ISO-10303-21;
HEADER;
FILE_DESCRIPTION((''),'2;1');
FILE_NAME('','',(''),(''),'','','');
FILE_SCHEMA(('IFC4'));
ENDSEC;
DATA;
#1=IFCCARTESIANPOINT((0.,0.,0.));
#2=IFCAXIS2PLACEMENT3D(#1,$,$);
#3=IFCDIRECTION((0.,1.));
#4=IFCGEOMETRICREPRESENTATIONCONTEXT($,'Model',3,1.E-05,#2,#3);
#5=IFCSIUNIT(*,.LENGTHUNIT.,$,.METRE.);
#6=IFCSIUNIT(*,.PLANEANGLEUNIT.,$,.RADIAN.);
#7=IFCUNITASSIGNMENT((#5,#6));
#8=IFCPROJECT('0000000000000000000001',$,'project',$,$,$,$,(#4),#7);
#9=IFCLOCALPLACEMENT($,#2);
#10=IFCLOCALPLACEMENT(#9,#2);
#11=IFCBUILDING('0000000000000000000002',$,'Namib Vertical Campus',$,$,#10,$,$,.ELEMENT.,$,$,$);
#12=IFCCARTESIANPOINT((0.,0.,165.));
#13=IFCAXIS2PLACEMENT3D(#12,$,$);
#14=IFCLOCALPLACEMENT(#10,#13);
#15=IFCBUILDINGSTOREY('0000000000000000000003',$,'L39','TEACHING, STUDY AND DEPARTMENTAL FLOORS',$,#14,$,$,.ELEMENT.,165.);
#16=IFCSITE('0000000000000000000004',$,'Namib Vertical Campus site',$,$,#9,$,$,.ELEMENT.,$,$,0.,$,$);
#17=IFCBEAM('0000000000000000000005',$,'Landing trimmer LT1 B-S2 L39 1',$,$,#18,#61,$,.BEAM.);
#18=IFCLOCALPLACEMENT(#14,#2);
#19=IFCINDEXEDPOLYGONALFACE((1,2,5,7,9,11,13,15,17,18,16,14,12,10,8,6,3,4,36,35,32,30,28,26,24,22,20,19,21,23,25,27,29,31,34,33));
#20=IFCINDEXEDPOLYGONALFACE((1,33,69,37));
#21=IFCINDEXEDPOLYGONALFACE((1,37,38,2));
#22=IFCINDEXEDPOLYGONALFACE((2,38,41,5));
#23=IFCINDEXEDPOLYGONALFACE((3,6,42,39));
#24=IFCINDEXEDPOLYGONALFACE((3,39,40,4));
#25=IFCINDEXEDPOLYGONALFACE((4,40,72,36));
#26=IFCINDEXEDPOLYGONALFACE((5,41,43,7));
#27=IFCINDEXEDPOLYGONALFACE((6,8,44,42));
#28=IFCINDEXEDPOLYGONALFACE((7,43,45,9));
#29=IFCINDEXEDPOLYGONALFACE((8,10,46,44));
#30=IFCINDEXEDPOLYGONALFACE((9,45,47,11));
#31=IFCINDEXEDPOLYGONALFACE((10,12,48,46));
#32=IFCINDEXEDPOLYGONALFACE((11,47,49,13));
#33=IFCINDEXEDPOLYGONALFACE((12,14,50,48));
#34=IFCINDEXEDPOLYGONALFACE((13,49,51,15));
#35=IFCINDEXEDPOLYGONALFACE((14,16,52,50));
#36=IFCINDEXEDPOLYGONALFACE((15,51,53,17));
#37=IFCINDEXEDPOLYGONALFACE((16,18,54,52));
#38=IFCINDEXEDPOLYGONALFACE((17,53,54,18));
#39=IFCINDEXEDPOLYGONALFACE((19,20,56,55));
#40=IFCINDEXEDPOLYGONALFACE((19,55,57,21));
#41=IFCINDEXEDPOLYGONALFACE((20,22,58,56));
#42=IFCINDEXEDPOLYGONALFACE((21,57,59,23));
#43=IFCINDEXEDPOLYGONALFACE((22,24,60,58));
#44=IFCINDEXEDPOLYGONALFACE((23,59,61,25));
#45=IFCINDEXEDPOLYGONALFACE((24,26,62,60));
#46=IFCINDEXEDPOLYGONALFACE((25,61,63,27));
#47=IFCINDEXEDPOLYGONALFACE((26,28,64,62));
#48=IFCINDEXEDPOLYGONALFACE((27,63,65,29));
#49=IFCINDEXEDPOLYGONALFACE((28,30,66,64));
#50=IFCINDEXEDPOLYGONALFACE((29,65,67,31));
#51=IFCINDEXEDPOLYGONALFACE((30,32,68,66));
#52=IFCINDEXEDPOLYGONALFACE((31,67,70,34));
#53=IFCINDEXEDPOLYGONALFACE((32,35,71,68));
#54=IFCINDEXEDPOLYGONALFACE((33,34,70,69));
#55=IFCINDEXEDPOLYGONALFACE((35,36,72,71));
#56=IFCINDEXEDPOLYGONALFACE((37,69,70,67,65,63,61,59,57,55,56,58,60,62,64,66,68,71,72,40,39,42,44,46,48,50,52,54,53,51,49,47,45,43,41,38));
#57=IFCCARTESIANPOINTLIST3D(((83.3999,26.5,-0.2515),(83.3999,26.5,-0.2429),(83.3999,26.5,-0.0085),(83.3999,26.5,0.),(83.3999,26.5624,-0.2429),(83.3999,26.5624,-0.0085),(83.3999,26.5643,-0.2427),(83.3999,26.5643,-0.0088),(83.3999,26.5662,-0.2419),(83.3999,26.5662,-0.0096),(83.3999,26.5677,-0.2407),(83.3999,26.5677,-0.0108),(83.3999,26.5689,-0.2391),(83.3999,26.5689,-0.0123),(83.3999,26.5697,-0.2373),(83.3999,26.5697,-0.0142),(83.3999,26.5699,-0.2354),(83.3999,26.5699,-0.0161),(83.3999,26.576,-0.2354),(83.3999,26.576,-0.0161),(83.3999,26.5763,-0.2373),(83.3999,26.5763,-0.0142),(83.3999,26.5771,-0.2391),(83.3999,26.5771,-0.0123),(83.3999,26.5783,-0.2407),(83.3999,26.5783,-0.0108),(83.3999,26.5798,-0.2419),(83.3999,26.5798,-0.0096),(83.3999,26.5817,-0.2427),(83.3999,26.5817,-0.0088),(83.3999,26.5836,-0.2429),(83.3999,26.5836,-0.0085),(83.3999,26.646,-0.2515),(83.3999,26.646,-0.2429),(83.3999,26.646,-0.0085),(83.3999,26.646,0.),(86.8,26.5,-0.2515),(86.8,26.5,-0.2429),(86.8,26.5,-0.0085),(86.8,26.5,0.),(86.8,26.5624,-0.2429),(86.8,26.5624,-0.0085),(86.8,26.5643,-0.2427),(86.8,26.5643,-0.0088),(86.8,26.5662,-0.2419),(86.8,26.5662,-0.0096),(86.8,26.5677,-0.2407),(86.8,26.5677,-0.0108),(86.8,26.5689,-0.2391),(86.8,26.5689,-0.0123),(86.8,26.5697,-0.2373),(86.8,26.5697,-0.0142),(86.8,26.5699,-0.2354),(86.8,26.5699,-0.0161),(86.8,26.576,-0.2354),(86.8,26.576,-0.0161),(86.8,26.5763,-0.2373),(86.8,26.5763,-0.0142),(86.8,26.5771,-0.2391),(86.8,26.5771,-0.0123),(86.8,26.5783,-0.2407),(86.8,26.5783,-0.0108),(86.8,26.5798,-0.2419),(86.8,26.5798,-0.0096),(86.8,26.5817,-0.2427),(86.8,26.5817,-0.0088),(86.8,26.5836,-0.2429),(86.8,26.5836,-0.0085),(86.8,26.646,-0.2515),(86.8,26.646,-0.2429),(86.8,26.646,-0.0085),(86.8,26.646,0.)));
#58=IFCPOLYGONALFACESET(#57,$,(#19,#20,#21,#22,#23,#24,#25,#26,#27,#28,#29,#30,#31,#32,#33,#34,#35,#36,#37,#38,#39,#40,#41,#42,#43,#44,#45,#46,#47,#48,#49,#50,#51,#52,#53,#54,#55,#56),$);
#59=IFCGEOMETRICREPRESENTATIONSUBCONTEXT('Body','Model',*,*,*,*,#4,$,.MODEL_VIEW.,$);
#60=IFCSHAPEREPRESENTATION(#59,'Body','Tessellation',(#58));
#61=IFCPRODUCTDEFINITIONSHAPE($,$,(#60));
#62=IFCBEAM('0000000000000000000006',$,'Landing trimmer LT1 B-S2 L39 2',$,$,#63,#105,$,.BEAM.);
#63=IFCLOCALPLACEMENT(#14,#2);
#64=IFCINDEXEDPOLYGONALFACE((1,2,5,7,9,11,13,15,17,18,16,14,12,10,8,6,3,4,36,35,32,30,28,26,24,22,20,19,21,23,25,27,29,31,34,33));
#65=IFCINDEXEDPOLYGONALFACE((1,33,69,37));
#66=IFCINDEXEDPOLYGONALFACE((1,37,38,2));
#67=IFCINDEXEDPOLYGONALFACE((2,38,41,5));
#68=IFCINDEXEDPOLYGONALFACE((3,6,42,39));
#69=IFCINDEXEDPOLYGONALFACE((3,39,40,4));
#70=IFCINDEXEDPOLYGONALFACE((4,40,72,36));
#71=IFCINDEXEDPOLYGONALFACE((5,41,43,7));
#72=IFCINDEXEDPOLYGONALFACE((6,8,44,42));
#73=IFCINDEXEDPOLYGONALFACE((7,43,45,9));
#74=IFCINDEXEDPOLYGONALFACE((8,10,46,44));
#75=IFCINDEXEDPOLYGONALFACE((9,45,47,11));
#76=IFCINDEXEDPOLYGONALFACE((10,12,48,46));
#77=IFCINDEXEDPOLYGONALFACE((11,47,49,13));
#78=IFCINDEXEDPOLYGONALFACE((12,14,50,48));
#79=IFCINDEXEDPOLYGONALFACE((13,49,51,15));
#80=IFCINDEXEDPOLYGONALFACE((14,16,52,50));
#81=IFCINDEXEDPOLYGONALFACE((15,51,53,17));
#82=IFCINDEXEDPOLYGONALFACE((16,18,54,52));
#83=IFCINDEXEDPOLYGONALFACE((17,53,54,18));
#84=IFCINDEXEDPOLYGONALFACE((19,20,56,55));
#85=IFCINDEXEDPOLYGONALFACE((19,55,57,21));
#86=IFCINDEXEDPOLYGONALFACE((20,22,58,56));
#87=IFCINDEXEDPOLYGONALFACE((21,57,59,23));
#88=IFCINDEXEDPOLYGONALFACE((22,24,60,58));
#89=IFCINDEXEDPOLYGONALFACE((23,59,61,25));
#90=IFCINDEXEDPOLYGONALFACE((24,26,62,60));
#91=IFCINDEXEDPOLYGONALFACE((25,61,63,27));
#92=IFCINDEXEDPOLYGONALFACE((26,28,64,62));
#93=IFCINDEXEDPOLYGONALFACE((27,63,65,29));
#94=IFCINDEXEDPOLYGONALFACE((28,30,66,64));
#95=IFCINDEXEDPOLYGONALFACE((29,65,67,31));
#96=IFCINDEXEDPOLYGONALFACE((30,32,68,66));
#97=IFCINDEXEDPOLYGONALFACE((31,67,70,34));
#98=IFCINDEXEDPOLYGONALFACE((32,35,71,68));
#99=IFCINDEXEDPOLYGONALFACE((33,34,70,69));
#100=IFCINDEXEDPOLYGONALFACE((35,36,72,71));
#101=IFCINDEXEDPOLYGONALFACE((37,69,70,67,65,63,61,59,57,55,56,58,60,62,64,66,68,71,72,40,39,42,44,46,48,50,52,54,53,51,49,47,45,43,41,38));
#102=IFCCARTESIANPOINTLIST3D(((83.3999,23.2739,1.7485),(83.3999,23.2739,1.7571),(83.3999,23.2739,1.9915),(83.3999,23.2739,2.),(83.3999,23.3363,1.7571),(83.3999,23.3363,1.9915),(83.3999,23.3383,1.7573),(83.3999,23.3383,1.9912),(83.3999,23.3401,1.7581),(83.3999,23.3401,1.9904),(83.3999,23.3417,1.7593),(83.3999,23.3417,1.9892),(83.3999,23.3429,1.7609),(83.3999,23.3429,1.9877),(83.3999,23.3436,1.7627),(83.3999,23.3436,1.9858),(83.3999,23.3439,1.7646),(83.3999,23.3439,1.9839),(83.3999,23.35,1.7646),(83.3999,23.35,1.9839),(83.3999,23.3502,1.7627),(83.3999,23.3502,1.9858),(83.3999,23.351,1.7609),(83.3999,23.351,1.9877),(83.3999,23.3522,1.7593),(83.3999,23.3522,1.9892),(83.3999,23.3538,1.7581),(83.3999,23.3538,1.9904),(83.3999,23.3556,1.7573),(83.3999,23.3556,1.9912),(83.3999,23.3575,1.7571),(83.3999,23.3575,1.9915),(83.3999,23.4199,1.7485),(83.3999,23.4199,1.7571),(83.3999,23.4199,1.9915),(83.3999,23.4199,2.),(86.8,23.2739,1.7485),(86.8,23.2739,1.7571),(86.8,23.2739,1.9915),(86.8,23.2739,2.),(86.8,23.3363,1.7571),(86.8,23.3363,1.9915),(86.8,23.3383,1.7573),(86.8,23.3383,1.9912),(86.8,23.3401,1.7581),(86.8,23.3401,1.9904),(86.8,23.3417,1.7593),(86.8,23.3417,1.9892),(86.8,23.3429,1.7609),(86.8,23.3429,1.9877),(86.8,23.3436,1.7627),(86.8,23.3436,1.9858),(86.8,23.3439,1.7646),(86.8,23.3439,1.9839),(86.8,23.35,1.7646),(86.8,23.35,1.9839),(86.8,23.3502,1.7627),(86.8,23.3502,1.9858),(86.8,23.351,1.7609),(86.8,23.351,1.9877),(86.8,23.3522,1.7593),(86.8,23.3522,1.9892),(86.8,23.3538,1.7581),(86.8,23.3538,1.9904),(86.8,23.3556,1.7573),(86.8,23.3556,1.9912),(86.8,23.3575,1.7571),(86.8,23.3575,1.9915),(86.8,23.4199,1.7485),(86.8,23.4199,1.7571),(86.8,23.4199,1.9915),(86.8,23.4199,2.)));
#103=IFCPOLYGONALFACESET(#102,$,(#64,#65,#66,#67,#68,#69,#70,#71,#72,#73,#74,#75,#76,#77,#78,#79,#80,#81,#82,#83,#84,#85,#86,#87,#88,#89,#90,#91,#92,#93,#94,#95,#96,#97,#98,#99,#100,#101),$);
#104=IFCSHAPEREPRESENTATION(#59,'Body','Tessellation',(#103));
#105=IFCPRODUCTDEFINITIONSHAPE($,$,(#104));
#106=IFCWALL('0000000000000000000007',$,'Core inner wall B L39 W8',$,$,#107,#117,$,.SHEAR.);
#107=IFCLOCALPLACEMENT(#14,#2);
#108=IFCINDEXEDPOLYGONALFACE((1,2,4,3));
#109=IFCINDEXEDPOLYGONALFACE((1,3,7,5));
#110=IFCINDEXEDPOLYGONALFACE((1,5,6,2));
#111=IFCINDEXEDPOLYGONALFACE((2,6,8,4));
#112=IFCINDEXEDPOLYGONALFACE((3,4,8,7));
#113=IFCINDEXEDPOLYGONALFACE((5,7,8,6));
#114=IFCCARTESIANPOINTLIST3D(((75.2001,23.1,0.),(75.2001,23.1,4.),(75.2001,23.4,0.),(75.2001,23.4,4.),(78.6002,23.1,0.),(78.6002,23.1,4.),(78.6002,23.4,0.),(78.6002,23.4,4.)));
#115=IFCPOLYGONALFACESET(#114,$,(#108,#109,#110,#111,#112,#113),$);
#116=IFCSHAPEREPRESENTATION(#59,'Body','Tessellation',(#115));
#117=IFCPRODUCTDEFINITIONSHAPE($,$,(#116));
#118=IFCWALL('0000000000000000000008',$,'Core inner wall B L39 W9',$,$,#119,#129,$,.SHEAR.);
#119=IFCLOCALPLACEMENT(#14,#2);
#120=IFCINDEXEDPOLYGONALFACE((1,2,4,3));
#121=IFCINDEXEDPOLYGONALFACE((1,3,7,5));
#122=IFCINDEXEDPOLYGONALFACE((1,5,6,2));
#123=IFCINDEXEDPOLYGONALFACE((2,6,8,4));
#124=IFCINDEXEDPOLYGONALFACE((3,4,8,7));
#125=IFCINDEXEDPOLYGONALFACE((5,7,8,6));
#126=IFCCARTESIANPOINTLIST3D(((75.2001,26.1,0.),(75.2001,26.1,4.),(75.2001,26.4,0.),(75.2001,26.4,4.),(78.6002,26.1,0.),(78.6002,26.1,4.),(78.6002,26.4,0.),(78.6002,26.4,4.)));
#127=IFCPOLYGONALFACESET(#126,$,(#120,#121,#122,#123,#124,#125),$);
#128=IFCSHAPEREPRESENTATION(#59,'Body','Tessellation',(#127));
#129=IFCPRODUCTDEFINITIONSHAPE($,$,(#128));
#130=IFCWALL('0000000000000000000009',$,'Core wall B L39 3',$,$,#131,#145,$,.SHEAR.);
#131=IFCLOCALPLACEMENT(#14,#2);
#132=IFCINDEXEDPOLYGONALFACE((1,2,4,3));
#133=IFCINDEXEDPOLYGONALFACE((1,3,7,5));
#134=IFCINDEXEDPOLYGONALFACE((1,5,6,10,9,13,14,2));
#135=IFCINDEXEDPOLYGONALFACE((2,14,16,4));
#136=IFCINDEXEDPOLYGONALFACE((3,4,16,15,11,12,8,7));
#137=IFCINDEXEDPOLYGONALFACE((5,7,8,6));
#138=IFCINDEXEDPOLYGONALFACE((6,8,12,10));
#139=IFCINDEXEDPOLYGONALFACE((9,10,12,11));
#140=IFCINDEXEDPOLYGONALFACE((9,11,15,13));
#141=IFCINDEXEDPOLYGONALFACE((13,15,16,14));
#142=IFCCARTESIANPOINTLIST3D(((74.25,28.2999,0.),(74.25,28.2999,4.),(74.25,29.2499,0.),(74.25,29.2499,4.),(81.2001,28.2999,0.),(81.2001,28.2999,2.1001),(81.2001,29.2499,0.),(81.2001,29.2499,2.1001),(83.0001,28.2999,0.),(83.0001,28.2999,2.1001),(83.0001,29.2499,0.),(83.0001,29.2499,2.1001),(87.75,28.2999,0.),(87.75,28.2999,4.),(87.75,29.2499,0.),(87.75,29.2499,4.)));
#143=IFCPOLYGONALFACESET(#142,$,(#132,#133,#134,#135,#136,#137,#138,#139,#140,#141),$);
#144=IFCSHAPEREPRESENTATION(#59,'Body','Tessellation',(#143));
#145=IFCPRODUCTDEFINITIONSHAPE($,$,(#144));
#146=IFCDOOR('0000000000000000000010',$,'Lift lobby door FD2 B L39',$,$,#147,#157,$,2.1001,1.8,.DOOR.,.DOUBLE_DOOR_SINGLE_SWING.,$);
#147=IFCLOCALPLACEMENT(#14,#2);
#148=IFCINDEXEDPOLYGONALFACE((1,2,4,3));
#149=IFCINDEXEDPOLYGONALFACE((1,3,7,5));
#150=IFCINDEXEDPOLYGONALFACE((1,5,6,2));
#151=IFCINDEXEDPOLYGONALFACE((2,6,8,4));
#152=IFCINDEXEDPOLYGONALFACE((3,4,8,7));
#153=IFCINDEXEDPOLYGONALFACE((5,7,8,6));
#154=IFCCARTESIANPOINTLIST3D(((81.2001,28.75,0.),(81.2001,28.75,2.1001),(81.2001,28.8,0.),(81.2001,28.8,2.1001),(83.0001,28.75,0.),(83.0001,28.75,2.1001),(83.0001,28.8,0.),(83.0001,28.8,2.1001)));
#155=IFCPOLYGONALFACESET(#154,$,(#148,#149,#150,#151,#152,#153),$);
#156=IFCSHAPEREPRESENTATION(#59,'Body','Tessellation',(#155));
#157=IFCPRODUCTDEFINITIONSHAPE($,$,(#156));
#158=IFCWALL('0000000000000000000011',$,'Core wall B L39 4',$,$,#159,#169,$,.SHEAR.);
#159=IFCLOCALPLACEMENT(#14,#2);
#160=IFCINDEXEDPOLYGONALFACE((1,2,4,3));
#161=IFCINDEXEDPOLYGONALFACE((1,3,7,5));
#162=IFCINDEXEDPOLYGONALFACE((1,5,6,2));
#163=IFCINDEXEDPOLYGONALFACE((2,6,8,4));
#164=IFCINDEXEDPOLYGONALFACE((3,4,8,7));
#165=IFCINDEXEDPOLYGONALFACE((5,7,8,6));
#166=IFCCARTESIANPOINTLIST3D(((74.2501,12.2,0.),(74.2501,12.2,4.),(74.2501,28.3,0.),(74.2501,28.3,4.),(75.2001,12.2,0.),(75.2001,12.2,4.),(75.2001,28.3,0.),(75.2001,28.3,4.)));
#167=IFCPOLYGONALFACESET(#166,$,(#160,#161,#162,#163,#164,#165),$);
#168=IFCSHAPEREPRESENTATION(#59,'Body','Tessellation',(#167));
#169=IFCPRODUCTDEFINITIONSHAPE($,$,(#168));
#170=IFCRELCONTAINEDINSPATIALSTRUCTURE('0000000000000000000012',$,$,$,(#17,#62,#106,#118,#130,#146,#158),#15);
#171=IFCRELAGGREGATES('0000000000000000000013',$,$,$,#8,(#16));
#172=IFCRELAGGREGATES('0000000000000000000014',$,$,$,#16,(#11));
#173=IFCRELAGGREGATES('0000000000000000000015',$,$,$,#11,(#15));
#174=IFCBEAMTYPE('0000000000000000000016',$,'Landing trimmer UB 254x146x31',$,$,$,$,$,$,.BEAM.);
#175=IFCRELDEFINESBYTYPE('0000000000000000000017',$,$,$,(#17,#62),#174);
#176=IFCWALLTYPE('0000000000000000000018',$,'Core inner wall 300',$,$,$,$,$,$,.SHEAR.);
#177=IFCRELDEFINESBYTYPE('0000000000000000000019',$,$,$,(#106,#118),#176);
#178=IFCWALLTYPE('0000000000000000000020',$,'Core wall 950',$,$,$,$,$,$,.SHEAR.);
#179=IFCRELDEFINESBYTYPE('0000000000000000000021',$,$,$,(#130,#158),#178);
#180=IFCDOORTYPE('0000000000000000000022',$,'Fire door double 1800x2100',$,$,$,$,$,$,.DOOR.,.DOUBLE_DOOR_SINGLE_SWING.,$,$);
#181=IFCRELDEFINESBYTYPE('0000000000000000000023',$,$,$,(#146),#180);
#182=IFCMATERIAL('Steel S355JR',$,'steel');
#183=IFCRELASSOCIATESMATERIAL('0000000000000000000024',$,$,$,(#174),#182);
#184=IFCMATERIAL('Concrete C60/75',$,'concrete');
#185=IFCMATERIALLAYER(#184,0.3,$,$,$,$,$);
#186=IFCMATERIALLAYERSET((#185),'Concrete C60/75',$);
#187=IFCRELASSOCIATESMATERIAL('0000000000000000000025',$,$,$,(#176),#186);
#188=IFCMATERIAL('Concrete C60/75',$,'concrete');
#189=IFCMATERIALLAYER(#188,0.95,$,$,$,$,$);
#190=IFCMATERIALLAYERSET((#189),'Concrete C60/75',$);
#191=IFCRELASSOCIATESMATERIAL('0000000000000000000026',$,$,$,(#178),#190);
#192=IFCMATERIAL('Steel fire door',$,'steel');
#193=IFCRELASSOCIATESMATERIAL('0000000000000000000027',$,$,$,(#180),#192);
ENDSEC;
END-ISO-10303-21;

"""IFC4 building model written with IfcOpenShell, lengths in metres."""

from ifc_helpers import new_model, si_unit, direction, frame, frame_2d, origin, origin_2d, place, context, subcontext, project, spatial, rectangle, i_section, extrude, material, layer, layer_set, material_profile, profile_set, type_object, element, fill, save


model = new_model("IFC4")

# Units and contexts
model_context = context("Model", 3, precision=1e-05, world=origin(), true_north=direction((0.0, 1.0)))
body_context = subcontext(model_context, "Body", "Model", "MODEL_VIEW")
ifc_project = project(units=[si_unit("LENGTHUNIT", "METRE"), si_unit("PLANEANGLEUNIT", "RADIAN")], contexts=[model_context])

# Site, building, storey
site_placement = place(None, origin())
site = spatial("IfcSite", under=ifc_project, at=site_placement, Name="Namib Vertical Campus site", CompositionType="ELEMENT", RefElevation=0.0)
building_placement = place(site_placement, origin())
building = spatial("IfcBuilding", under=site, at=building_placement, Name="Namib Vertical Campus", CompositionType="ELEMENT")
storey_placement = place(building_placement, frame((0.0, 0.0, 165.0)))
storey = spatial("IfcBuildingStorey", under=building, at=storey_placement, Name="L39", Description="TEACHING, STUDY AND DEPARTMENTAL FLOORS", CompositionType="ELEMENT", Elevation=165.0)

# Beams
ifc_material_1 = material(Name="Steel S355JR", Category="steel")
ifc_material_profile = material_profile(ifc_material_1, i_section(OverallWidth=0.146, OverallDepth=0.2515, WebThickness=0.0061, FlangeThickness=0.0085, FilletRadius=0.0076, at=origin_2d()))
ifc_profile_set = profile_set([ifc_material_profile], Name="Steel S355JR")
beam_type = type_object("IfcBeamType", Name="Landing trimmer UB 254x146x31", PredefinedType="BEAM", material=ifc_profile_set)
for number, where, z_axis, x_axis, name in (
    (1, (83.3999, 26.573, -0.1257), (1.0, 0.0, 0.0), (0.0, 1.0, 0.0), "Landing trimmer LT1 B-S2 L39 1"),
    (2, (83.3999, 23.3469, 1.8743), (1.0, 0.0, 0.0), (0.0, 1.0, 0.0), "Landing trimmer LT1 B-S2 L39 2"),
):
    element("IfcBeam", number, at=place(storey_placement, frame(where, z_axis=z_axis, x_axis=x_axis)), inside=storey, type_object=beam_type, Name=name, PredefinedType="BEAM", context=body_context, shape_type="SweptSolid", body=[
        extrude(i_section(OverallWidth=0.146, OverallDepth=0.2515, WebThickness=0.0061, FlangeThickness=0.0085, FilletRadius=0.0076, at=origin_2d()), origin(), (0.0, 0.0, 1.0), 3.4001),
    ])

# Walls
ifc_material_2 = material(Name="Concrete C60/75", Category="concrete")
ifc_layer_1 = layer(ifc_material_2, 0.3)
ifc_layer_set_1 = layer_set([ifc_layer_1], Name="Concrete C60/75")
wall_type_1 = type_object("IfcWallType", Name="Core inner wall 300", PredefinedType="SHEAR", material=ifc_layer_set_1)
for number, where, z_axis, x_axis, name in (
    (3, (75.2, 23.25, 0.0), (0.0, 0.0, 1.0), (1.0, 0.0, 0.0), "Core inner wall B L39 W8"),
    (4, (75.2, 26.25, 0.0), (0.0, 0.0, 1.0), (1.0, 0.0, 0.0), "Core inner wall B L39 W9"),
):
    element("IfcWall", number, at=place(storey_placement, frame(where, z_axis=z_axis, x_axis=x_axis)), inside=storey, type_object=wall_type_1, Name=name, PredefinedType="SHEAR", context=body_context, shape_type="SweptSolid", body=[
        extrude(rectangle(XDim=3.4001, YDim=0.3, at=frame_2d((1.7002, 0.0))), origin(), (0.0, 0.0, 1.0), 4.0),
    ])

# Wall, opening, door
ifc_material_3 = material(Name="Concrete C60/75", Category="concrete")
ifc_layer_2 = layer(ifc_material_3, 0.95)
ifc_layer_set_2 = layer_set([ifc_layer_2], Name="Concrete C60/75")
wall_type_2 = type_object("IfcWallType", Name="Core wall 950", PredefinedType="SHEAR", material=ifc_layer_set_2)
wall_1_placement = place(storey_placement, frame((87.75, 28.7749, 0.0), z_axis=(0.0, 0.0, 1.0), x_axis=(-1.0, 0.0, 0.0)))
wall_1 = element("IfcWall", 5, at=wall_1_placement, inside=storey, type_object=wall_type_2, Name="Core wall B L39 3", PredefinedType="SHEAR", context=body_context, shape_type="SweptSolid", body=[
    extrude(rectangle(XDim=13.5, YDim=0.95, at=frame_2d((6.75, 0.0))), origin(), (0.0, 0.0, 1.0), 4.0),
])
opening_1_placement = place(wall_1_placement, frame((4.75, 0.0, 0.0)))
opening_1 = element("IfcOpeningElement", 6, at=opening_1_placement, cuts=wall_1, PredefinedType="OPENING", context=body_context, shape_type="SweptSolid", body=[
    extrude(rectangle(XDim=1.8, YDim=2.1001, at=frame_2d((0.8999, 1.05))), frame((0.0, 0.4849, 0.0), z_axis=(0.0, -1.0, 0.0), x_axis=(1.0, 0.0, 0.0)), (0.0, 0.0, 1.0), 0.97),
])
ifc_material_4 = material(Name="Steel fire door", Category="steel")
door_type_1 = type_object("IfcDoorType", Name="Fire door double 1800x2100", OperationType="DOUBLE_DOOR_SINGLE_SWING", PredefinedType="DOOR", material=ifc_material_4)
door_1_placement = place(opening_1_placement, origin())
door_1 = element("IfcDoor", 7, at=door_1_placement, inside=storey, type_object=door_type_1, Name="Lift lobby door FD2 B L39", OperationType="DOUBLE_DOOR_SINGLE_SWING", OverallHeight=2.1001, OverallWidth=1.8, PredefinedType="DOOR", context=body_context, shape_type="SweptSolid", body=[
    extrude(rectangle(XDim=1.8, YDim=2.1001, at=frame_2d((0.8999, 1.05))), frame((0.0, 0.0249, 0.0), z_axis=(0.0, -1.0, 0.0), x_axis=(1.0, 0.0, 0.0)), (0.0, 0.0, 1.0), 0.05),
])
fill(opening_1, door_1)

# Wall
wall_2_placement = place(storey_placement, frame((74.7251, 28.3, 0.0), z_axis=(0.0, 0.0, 1.0), x_axis=(0.0, -1.0, 0.0)))
element("IfcWall", 8, at=wall_2_placement, inside=storey, type_object=wall_type_2, Name="Core wall B L39 4", PredefinedType="SHEAR", context=body_context, shape_type="SweptSolid", body=[
    extrude(rectangle(XDim=16.1001, YDim=0.95, at=frame_2d((8.05, 0.0))), origin(), (0.0, 0.0, 1.0), 4.0),
])

save(model, "model.ifc")
